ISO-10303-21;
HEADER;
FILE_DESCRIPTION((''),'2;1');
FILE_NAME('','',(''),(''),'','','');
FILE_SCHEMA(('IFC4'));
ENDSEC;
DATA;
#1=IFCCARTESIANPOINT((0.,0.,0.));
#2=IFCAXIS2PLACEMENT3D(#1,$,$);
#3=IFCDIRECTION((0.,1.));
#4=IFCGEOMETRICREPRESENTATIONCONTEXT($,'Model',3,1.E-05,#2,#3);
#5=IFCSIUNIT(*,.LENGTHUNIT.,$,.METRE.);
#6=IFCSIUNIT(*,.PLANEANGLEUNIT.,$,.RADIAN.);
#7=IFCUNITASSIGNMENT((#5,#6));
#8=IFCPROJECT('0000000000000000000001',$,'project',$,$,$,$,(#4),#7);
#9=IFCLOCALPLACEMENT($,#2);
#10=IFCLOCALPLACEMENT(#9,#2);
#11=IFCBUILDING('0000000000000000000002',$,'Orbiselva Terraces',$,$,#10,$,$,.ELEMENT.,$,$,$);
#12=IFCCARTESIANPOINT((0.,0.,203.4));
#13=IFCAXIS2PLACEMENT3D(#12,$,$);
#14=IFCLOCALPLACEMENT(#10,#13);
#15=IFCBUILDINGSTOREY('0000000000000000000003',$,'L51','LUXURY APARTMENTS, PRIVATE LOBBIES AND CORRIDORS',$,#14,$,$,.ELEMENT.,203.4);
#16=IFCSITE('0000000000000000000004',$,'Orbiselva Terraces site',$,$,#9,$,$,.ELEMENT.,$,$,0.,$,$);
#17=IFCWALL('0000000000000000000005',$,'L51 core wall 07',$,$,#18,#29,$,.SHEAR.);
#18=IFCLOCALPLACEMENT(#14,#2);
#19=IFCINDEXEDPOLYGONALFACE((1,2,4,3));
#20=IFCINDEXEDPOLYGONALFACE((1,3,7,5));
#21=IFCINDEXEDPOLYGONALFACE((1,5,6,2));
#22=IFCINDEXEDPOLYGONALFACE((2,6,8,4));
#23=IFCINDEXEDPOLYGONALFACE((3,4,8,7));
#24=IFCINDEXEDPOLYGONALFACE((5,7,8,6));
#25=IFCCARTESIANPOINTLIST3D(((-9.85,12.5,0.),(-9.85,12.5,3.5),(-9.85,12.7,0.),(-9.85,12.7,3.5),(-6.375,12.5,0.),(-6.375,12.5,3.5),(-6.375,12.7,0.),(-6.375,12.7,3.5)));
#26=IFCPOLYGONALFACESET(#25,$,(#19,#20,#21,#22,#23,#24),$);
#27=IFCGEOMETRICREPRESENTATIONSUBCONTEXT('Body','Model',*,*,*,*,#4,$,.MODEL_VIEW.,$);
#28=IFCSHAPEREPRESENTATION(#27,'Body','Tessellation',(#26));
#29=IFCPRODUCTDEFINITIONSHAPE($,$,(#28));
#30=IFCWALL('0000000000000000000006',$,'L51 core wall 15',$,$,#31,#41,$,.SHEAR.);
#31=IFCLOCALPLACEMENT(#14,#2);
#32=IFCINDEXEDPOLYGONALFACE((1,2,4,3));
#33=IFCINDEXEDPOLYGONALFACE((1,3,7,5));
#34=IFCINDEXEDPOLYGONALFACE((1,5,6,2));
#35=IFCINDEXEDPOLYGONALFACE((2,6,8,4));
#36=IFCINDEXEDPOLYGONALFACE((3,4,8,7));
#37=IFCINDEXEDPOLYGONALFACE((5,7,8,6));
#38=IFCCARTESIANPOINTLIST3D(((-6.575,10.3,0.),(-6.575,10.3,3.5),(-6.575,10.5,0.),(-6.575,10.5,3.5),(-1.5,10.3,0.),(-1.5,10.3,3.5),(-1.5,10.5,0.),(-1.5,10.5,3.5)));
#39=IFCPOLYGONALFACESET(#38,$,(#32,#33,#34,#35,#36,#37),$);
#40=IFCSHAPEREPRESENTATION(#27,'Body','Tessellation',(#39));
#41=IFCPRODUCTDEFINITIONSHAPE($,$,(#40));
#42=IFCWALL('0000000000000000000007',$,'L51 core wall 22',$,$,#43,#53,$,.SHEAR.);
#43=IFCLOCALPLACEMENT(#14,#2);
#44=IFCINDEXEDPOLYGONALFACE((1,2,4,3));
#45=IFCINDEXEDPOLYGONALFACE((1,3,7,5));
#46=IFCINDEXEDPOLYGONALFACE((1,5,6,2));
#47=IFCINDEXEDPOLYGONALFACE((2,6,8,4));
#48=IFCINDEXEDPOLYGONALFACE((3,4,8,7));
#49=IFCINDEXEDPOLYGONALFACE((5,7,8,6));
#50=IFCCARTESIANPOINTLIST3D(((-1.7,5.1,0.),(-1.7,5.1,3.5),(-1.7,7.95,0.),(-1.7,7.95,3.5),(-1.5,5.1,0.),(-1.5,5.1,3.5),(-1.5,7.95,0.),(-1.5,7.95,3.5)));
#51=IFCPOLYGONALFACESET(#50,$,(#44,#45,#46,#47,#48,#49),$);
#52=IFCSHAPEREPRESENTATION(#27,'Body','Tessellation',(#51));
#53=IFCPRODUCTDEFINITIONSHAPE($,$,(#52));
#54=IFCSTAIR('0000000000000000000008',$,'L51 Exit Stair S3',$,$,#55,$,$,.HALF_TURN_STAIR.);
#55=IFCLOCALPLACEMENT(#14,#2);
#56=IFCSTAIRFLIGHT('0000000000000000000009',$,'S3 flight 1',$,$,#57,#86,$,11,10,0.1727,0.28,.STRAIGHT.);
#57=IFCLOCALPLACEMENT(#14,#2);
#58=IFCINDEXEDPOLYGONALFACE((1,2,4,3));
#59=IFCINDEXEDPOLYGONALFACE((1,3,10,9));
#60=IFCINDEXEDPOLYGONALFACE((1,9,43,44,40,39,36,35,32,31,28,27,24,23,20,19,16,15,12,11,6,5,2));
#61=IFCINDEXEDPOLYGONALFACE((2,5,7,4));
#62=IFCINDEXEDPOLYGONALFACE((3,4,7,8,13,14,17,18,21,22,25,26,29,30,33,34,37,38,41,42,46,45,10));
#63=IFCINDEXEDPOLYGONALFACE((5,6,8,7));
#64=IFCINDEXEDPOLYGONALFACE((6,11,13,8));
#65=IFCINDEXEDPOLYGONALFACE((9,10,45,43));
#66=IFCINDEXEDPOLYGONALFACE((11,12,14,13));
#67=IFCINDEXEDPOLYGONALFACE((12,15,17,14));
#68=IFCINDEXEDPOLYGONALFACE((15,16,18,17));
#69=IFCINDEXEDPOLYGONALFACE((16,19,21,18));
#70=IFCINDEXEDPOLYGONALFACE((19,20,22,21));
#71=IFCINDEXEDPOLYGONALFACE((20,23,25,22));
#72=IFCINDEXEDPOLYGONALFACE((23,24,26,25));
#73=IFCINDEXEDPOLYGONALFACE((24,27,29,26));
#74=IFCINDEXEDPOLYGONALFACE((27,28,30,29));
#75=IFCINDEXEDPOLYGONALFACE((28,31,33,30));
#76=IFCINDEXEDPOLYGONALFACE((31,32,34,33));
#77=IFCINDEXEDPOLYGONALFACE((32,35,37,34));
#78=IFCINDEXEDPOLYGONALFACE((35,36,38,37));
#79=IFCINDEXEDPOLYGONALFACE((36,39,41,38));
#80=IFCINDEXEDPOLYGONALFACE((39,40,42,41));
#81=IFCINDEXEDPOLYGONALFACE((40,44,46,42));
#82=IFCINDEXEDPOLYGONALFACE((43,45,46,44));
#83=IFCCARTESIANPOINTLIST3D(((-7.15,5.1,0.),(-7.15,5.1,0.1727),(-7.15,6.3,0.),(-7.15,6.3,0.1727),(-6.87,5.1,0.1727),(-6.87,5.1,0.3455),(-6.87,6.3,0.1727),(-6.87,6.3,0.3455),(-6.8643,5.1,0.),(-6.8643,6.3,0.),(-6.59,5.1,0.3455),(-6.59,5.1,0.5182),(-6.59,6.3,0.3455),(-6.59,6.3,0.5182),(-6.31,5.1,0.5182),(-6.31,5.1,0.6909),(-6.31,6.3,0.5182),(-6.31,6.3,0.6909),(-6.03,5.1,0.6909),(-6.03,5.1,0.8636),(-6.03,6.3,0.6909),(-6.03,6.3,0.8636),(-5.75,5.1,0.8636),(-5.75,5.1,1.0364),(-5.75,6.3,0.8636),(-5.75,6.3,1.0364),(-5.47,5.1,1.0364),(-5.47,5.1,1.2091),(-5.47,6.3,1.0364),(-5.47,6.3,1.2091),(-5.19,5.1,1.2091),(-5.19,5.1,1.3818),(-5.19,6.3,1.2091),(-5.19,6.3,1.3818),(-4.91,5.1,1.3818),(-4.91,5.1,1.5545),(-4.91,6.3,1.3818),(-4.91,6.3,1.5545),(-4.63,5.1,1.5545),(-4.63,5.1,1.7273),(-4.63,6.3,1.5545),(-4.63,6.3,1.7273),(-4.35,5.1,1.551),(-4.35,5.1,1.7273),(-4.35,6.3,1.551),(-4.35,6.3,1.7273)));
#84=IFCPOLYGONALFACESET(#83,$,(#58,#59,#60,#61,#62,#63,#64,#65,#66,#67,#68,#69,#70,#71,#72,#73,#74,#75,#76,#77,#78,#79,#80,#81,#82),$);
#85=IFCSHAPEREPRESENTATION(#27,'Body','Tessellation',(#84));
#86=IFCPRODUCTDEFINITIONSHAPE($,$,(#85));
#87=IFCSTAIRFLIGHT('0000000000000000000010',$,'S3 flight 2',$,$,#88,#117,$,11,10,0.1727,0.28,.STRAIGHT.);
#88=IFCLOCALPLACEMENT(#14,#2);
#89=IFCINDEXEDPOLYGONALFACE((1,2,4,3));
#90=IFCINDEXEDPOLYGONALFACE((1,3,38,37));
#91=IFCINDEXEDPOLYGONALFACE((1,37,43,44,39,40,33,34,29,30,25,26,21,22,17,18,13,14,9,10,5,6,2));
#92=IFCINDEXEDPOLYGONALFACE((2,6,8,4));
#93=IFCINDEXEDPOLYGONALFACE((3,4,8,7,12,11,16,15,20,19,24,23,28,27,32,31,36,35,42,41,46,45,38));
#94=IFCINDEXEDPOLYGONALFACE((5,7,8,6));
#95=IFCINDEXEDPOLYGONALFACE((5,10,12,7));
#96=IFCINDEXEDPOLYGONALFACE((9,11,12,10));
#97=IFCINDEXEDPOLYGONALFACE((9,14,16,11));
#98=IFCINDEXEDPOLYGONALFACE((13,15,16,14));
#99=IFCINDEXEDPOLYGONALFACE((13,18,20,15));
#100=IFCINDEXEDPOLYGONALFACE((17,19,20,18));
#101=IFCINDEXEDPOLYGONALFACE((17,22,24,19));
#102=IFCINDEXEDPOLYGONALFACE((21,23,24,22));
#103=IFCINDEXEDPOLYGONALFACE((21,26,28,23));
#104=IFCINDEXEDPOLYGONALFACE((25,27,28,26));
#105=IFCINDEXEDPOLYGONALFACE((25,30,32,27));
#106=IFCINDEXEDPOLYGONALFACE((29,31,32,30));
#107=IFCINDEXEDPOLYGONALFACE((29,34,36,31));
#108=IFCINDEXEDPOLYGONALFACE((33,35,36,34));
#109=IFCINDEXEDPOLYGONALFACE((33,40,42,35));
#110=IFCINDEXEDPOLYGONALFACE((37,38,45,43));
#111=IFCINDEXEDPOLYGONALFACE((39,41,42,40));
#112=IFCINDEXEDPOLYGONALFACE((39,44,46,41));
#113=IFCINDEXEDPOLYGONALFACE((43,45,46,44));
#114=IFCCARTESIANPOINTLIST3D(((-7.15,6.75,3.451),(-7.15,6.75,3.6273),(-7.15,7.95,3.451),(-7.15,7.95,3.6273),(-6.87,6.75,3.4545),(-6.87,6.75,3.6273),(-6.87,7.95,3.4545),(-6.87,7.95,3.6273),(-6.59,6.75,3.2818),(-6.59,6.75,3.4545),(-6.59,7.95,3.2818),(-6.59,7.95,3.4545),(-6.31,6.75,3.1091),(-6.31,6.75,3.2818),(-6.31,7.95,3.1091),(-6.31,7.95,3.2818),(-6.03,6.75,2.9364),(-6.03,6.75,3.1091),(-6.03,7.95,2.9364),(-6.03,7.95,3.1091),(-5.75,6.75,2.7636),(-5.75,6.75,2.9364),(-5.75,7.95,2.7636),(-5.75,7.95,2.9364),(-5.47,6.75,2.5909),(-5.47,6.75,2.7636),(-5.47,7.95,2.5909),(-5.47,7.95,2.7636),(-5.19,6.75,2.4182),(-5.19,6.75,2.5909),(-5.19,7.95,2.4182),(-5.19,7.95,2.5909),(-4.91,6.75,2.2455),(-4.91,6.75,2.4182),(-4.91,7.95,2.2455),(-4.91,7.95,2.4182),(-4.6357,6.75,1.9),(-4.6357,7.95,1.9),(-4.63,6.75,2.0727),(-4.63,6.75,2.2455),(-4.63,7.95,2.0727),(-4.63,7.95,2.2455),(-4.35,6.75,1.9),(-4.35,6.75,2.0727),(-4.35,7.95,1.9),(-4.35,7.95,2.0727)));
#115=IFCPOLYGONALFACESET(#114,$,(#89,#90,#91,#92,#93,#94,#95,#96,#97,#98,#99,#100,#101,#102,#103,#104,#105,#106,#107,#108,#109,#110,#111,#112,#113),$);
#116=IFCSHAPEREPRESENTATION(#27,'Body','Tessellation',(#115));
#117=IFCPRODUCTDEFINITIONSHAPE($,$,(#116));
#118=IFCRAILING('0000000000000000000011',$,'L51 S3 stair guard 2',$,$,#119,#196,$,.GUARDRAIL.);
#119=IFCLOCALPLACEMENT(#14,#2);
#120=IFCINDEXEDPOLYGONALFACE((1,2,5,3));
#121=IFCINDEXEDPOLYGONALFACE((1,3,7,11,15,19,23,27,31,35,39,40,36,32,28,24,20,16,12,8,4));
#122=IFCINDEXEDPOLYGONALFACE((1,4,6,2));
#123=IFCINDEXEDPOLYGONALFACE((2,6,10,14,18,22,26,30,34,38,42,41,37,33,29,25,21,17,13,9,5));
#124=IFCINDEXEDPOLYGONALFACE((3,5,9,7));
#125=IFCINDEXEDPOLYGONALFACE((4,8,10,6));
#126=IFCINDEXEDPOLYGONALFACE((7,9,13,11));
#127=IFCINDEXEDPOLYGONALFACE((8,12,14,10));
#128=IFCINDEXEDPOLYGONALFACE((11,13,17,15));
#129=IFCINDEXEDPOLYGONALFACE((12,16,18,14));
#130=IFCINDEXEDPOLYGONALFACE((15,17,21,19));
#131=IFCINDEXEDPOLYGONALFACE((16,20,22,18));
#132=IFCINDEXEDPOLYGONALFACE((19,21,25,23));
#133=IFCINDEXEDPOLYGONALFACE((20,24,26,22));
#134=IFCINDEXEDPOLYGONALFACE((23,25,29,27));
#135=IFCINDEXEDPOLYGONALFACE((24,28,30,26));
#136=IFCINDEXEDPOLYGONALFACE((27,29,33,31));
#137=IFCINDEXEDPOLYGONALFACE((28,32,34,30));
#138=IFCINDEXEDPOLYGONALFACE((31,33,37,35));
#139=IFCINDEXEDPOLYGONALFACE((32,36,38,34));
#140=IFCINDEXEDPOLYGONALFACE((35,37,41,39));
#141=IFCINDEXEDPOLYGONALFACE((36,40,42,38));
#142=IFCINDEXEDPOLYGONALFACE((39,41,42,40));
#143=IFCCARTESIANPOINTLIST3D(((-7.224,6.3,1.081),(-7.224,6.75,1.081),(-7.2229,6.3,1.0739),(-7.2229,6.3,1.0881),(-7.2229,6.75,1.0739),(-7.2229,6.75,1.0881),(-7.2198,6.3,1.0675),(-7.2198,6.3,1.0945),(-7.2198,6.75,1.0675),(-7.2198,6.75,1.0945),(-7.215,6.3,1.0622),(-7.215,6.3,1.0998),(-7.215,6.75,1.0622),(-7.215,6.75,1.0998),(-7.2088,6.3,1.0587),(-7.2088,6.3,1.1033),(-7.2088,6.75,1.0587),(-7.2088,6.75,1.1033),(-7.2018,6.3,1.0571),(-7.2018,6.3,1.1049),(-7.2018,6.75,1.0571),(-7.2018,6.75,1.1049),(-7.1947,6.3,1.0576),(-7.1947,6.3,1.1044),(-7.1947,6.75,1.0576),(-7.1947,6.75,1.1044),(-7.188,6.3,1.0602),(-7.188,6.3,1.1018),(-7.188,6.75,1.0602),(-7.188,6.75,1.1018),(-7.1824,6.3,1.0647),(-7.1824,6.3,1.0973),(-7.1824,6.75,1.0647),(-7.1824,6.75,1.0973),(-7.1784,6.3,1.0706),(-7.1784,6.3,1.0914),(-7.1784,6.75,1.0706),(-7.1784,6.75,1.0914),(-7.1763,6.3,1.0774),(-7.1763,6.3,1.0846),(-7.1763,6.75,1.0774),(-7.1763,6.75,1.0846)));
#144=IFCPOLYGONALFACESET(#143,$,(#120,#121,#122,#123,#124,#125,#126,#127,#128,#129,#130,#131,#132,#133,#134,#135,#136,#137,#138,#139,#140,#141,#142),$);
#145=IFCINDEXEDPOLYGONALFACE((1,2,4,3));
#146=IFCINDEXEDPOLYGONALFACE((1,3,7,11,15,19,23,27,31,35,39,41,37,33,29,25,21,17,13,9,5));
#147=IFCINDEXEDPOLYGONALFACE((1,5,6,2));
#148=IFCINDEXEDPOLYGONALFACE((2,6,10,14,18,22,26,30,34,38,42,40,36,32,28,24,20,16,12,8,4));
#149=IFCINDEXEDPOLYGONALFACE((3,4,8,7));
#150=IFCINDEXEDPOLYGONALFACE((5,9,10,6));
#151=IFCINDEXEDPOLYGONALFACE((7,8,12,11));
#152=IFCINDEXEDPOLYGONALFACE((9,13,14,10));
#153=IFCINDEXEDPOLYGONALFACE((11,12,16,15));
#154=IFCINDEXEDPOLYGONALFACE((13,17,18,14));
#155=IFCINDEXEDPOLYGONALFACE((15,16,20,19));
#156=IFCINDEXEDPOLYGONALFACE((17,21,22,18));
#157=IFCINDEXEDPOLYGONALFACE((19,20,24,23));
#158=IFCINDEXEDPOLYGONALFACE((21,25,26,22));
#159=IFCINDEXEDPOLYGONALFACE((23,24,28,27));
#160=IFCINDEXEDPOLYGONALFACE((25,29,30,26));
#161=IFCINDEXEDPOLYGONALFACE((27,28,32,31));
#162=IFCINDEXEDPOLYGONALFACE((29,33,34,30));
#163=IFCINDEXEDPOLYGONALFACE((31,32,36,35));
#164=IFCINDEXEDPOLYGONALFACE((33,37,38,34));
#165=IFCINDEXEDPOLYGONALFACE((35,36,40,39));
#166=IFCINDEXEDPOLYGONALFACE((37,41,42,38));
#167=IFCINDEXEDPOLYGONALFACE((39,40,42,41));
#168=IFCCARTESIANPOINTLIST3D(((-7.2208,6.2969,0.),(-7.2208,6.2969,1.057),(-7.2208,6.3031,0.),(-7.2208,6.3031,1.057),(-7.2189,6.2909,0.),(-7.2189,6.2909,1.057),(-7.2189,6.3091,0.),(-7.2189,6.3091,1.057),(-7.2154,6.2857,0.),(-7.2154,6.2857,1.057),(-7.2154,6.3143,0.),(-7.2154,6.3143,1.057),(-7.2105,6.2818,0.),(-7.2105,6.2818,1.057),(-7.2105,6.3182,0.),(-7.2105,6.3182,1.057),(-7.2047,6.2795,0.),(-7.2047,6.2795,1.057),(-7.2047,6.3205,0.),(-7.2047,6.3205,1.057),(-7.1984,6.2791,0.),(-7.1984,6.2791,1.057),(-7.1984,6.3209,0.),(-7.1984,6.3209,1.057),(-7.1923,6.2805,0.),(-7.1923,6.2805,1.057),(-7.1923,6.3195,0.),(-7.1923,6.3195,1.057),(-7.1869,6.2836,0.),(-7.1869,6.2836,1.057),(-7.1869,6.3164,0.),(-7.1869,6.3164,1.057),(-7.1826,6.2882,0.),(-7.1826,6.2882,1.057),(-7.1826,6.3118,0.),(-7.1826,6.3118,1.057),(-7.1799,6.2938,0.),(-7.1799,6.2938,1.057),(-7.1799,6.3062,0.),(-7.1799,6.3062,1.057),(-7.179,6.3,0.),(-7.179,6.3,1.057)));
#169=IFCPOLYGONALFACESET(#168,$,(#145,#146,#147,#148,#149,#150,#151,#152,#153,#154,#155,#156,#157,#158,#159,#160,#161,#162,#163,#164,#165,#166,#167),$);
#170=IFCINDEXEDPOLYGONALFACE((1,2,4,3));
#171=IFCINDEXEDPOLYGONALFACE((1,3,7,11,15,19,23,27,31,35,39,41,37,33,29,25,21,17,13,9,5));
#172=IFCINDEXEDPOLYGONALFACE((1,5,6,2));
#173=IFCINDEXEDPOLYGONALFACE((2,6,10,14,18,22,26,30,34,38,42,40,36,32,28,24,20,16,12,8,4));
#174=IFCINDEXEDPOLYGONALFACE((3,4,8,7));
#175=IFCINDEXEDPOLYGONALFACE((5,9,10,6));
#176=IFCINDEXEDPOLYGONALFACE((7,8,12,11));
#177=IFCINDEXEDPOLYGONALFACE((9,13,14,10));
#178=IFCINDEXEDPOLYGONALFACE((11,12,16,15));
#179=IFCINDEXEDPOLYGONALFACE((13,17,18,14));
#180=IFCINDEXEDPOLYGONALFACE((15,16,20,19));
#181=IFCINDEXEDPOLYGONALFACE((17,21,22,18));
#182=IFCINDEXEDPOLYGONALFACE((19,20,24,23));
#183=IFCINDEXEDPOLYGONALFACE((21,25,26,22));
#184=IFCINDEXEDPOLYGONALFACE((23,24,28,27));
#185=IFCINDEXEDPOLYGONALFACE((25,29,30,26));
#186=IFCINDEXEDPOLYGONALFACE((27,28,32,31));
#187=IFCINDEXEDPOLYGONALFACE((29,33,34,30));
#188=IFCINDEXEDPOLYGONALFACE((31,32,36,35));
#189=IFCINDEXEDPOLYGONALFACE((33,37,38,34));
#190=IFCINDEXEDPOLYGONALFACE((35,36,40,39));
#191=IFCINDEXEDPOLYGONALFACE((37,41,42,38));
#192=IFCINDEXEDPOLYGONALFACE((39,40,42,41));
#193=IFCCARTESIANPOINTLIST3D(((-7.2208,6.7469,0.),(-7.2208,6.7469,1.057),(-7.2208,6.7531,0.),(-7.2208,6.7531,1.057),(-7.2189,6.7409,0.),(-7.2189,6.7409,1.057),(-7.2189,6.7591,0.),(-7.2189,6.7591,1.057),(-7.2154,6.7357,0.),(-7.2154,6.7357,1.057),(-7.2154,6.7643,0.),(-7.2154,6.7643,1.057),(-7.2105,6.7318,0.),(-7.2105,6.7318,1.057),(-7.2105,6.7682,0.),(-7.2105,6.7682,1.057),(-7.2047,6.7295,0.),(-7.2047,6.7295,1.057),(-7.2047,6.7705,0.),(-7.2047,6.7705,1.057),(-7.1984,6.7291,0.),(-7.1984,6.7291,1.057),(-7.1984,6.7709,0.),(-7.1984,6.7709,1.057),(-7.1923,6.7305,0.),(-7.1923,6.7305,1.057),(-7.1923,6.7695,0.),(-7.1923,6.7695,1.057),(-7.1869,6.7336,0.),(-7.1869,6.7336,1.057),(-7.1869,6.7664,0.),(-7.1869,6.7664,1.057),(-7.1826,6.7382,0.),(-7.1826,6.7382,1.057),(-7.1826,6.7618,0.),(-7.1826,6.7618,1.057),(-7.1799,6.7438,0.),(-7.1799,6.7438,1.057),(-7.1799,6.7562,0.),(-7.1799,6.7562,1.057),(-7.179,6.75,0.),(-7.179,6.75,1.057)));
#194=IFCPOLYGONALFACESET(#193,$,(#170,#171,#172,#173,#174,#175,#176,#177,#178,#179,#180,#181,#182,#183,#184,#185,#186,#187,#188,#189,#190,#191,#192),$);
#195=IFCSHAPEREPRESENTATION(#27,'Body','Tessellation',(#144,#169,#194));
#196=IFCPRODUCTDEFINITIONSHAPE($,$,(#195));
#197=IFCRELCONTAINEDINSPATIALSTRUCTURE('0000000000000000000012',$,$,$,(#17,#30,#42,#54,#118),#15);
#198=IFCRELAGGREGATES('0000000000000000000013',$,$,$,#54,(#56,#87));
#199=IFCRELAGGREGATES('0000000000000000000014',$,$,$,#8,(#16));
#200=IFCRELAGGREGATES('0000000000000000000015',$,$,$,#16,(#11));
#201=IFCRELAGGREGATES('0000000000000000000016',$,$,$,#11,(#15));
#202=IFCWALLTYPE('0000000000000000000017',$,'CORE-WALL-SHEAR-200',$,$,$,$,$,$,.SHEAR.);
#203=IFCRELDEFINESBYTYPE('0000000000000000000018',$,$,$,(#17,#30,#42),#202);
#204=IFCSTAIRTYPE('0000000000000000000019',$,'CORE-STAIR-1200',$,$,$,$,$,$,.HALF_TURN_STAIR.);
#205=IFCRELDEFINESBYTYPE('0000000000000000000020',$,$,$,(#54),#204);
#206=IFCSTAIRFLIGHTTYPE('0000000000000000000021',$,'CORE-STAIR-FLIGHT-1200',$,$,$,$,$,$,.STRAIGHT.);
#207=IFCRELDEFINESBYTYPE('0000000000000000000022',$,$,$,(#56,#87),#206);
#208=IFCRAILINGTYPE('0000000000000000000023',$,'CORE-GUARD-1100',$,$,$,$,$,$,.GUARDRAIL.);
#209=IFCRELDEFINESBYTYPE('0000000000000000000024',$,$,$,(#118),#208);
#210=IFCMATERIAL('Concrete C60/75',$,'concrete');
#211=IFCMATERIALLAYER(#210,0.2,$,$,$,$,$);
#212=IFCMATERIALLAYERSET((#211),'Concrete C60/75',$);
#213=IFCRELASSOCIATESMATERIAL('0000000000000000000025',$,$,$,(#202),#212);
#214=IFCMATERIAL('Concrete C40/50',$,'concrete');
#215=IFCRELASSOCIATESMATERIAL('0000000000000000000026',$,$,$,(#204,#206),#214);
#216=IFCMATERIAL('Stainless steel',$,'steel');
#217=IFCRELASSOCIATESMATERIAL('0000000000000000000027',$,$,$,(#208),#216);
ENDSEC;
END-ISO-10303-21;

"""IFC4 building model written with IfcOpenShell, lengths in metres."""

from ifc_helpers import new_model, si_unit, direction, frame, frame_2d, origin, origin_2d, place, context, subcontext, project, spatial, polyline, rectangle, circle, outline, extrude, material, layer, layer_set, type_object, element, aggregate, save


model = new_model("IFC4")

# Units and contexts
model_context = context("Model", 3, precision=1e-05, world=origin(), true_north=direction((0.0, 1.0)))
body_context = subcontext(model_context, "Body", "Model", "MODEL_VIEW")
ifc_project = project(units=[si_unit("LENGTHUNIT", "METRE"), si_unit("PLANEANGLEUNIT", "RADIAN")], contexts=[model_context])

# Site, building, storey
site_placement = place(None, origin())
site = spatial("IfcSite", under=ifc_project, at=site_placement, Name="Orbiselva Terraces site", CompositionType="ELEMENT", RefElevation=0.0)
building_placement = place(site_placement, origin())
building = spatial("IfcBuilding", under=site, at=building_placement, Name="Orbiselva Terraces", CompositionType="ELEMENT")
storey_placement = place(building_placement, frame((0.0, 0.0, 203.4)))
storey = spatial("IfcBuildingStorey", under=building, at=storey_placement, Name="L51", Description="LUXURY APARTMENTS, PRIVATE LOBBIES AND CORRIDORS", CompositionType="ELEMENT", Elevation=203.4)

# Walls
ifc_material_1 = material(Name="Concrete C60/75", Category="concrete")
ifc_layer_1 = layer(ifc_material_1, 0.2)
ifc_layer_set_1 = layer_set([ifc_layer_1], Name="Concrete C60/75")
wall_type_1 = type_object("IfcWallType", Name="CORE-WALL-SHEAR-200", PredefinedType="SHEAR", material=ifc_layer_set_1)
wall_1_placement = place(storey_placement, frame((-9.85, 12.6, 0.0), z_axis=(0.0, 0.0, 1.0), x_axis=(1.0, 0.0, 0.0)))
element("IfcWall", 1, at=wall_1_placement, inside=storey, type_object=wall_type_1, Name="L51 core wall 07", PredefinedType="SHEAR", context=body_context, shape_type="SweptSolid", body=[
    extrude(rectangle(XDim=3.475, YDim=0.2, at=frame_2d((1.7375, 0.0))), origin(), (0.0, 0.0, 1.0), 3.5),
])
wall_2_placement = place(storey_placement, frame((-6.575, 10.4, 0.0), z_axis=(0.0, 0.0, 1.0), x_axis=(1.0, 0.0, 0.0)))
element("IfcWall", 2, at=wall_2_placement, inside=storey, type_object=wall_type_1, Name="L51 core wall 15", PredefinedType="SHEAR", context=body_context, shape_type="SweptSolid", body=[
    extrude(rectangle(XDim=5.075, YDim=0.2, at=frame_2d((2.5375, 0.0))), origin(), (0.0, 0.0, 1.0), 3.5),
])
wall_3_placement = place(storey_placement, frame((-1.6, 5.1, 0.0), z_axis=(0.0, 0.0, 1.0), x_axis=(0.0, 1.0, 0.0)))
element("IfcWall", 3, at=wall_3_placement, inside=storey, type_object=wall_type_1, Name="L51 core wall 22", PredefinedType="SHEAR", context=body_context, shape_type="SweptSolid", body=[
    extrude(rectangle(XDim=2.85, YDim=0.2, at=frame_2d((1.425, 0.0))), origin(), (0.0, 0.0, 1.0), 3.5),
])

# Stair, stair flights
ifc_material_2 = material(Name="Concrete C40/50", Category="concrete")
stair_type = type_object("IfcStairType", Name="CORE-STAIR-1200", PredefinedType="HALF_TURN_STAIR", material=ifc_material_2)
stair_placement = place(storey_placement, origin())
stair = element("IfcStair", 4, at=stair_placement, inside=storey, type_object=stair_type, Name="L51 Exit Stair S3", PredefinedType="HALF_TURN_STAIR")
stair_flight_type = type_object("IfcStairFlightType", Name="CORE-STAIR-FLIGHT-1200", PredefinedType="STRAIGHT", material=ifc_material_2)
stair_flight_1_placement = place(storey_placement, frame((-7.15, 5.7, 0.0), z_axis=(0.0, 0.0, 1.0), x_axis=(1.0, 0.0, 0.0)))
stair_flight_1 = element("IfcStairFlight", 5, at=stair_flight_1_placement, type_object=stair_flight_type, Name="S3 flight 1", NumberOfRisers=11, NumberOfTreads=10, PredefinedType="STRAIGHT", RiserHeight=0.1727, TreadLength=0.28, context=body_context, shape_type="SweptSolid", body=[
    extrude(outline(polyline([(0.0, 0.0), (0.0, 0.1727), (0.28, 0.1727), (0.28, 0.3455), (0.56, 0.3455), (0.56, 0.5182), (0.84, 0.5182), (0.84, 0.6909), (1.12, 0.6909), (1.12, 0.8636), (1.4, 0.8636), (1.4, 1.0364), (1.68, 1.0364), (1.68, 1.2091), (1.96, 1.2091), (1.96, 1.3818), (2.24, 1.3818), (2.24, 1.5545), (2.52, 1.5545), (2.52, 1.7273), (2.8, 1.7273), (2.8, 1.9), (2.8, 1.551), (0.2857, 0.0), (0.0, 0.0)])), frame((0.0, 0.6, 0.0), z_axis=(0.0, -1.0, 0.0), x_axis=(1.0, 0.0, 0.0)), (0.0, 0.0, 1.0), 1.2),
])
stair_flight_2_placement = place(storey_placement, frame((-4.35, 7.35, 1.9), z_axis=(0.0, 0.0, 1.0), x_axis=(-1.0, 0.0, 0.0)))
stair_flight_2 = element("IfcStairFlight", 6, at=stair_flight_2_placement, type_object=stair_flight_type, Name="S3 flight 2", NumberOfRisers=11, NumberOfTreads=10, PredefinedType="STRAIGHT", RiserHeight=0.1727, TreadLength=0.28, context=body_context, shape_type="SweptSolid", body=[
    extrude(outline(polyline([(0.0, 0.0), (0.0, 0.1727), (0.28, 0.1727), (0.28, 0.3455), (0.56, 0.3455), (0.56, 0.5182), (0.84, 0.5182), (0.84, 0.6909), (1.12, 0.6909), (1.12, 0.8636), (1.4, 0.8636), (1.4, 1.0364), (1.68, 1.0364), (1.68, 1.2091), (1.96, 1.2091), (1.96, 1.3818), (2.24, 1.3818), (2.24, 1.5545), (2.52, 1.5545), (2.52, 1.7273), (2.8, 1.7273), (2.8, 1.9), (2.8, 1.551), (0.2857, 0.0), (0.0, 0.0)])), frame((0.0, 0.6, 0.0), z_axis=(0.0, -1.0, 0.0), x_axis=(1.0, 0.0, 0.0)), (0.0, 0.0, 1.0), 1.2),
])
aggregate(stair, [stair_flight_1, stair_flight_2])

# Railing
ifc_material_3 = material(Name="Stainless steel", Category="steel")
railing_type_1 = type_object("IfcRailingType", Name="CORE-GUARD-1100", PredefinedType="GUARDRAIL", material=ifc_material_3)
railing_1_placement = place(storey_placement, frame((-7.2, 6.3, 0.0)))
element("IfcRailing", 7, at=railing_1_placement, inside=storey, type_object=railing_type_1, Name="L51 S3 stair guard 2", PredefinedType="GUARDRAIL", context=body_context, shape_type="SweptSolid", body=[
    extrude(circle(Radius=0.024, at=origin_2d()), frame((0.0, 0.0, 1.081), z_axis=(0.0, 1.0, 0.0), x_axis=(-1.0, 0.0, 0.0)), (0.0, 0.0, 1.0), 0.45),
    extrude(circle(Radius=0.021, at=origin_2d()), origin(), (0.0, 0.0, 1.0), 1.057),
    extrude(circle(Radius=0.021, at=origin_2d()), frame((0.0, 0.45, 0.0)), (0.0, 0.0, 1.0), 1.057),
])

save(model, "model.ifc")
